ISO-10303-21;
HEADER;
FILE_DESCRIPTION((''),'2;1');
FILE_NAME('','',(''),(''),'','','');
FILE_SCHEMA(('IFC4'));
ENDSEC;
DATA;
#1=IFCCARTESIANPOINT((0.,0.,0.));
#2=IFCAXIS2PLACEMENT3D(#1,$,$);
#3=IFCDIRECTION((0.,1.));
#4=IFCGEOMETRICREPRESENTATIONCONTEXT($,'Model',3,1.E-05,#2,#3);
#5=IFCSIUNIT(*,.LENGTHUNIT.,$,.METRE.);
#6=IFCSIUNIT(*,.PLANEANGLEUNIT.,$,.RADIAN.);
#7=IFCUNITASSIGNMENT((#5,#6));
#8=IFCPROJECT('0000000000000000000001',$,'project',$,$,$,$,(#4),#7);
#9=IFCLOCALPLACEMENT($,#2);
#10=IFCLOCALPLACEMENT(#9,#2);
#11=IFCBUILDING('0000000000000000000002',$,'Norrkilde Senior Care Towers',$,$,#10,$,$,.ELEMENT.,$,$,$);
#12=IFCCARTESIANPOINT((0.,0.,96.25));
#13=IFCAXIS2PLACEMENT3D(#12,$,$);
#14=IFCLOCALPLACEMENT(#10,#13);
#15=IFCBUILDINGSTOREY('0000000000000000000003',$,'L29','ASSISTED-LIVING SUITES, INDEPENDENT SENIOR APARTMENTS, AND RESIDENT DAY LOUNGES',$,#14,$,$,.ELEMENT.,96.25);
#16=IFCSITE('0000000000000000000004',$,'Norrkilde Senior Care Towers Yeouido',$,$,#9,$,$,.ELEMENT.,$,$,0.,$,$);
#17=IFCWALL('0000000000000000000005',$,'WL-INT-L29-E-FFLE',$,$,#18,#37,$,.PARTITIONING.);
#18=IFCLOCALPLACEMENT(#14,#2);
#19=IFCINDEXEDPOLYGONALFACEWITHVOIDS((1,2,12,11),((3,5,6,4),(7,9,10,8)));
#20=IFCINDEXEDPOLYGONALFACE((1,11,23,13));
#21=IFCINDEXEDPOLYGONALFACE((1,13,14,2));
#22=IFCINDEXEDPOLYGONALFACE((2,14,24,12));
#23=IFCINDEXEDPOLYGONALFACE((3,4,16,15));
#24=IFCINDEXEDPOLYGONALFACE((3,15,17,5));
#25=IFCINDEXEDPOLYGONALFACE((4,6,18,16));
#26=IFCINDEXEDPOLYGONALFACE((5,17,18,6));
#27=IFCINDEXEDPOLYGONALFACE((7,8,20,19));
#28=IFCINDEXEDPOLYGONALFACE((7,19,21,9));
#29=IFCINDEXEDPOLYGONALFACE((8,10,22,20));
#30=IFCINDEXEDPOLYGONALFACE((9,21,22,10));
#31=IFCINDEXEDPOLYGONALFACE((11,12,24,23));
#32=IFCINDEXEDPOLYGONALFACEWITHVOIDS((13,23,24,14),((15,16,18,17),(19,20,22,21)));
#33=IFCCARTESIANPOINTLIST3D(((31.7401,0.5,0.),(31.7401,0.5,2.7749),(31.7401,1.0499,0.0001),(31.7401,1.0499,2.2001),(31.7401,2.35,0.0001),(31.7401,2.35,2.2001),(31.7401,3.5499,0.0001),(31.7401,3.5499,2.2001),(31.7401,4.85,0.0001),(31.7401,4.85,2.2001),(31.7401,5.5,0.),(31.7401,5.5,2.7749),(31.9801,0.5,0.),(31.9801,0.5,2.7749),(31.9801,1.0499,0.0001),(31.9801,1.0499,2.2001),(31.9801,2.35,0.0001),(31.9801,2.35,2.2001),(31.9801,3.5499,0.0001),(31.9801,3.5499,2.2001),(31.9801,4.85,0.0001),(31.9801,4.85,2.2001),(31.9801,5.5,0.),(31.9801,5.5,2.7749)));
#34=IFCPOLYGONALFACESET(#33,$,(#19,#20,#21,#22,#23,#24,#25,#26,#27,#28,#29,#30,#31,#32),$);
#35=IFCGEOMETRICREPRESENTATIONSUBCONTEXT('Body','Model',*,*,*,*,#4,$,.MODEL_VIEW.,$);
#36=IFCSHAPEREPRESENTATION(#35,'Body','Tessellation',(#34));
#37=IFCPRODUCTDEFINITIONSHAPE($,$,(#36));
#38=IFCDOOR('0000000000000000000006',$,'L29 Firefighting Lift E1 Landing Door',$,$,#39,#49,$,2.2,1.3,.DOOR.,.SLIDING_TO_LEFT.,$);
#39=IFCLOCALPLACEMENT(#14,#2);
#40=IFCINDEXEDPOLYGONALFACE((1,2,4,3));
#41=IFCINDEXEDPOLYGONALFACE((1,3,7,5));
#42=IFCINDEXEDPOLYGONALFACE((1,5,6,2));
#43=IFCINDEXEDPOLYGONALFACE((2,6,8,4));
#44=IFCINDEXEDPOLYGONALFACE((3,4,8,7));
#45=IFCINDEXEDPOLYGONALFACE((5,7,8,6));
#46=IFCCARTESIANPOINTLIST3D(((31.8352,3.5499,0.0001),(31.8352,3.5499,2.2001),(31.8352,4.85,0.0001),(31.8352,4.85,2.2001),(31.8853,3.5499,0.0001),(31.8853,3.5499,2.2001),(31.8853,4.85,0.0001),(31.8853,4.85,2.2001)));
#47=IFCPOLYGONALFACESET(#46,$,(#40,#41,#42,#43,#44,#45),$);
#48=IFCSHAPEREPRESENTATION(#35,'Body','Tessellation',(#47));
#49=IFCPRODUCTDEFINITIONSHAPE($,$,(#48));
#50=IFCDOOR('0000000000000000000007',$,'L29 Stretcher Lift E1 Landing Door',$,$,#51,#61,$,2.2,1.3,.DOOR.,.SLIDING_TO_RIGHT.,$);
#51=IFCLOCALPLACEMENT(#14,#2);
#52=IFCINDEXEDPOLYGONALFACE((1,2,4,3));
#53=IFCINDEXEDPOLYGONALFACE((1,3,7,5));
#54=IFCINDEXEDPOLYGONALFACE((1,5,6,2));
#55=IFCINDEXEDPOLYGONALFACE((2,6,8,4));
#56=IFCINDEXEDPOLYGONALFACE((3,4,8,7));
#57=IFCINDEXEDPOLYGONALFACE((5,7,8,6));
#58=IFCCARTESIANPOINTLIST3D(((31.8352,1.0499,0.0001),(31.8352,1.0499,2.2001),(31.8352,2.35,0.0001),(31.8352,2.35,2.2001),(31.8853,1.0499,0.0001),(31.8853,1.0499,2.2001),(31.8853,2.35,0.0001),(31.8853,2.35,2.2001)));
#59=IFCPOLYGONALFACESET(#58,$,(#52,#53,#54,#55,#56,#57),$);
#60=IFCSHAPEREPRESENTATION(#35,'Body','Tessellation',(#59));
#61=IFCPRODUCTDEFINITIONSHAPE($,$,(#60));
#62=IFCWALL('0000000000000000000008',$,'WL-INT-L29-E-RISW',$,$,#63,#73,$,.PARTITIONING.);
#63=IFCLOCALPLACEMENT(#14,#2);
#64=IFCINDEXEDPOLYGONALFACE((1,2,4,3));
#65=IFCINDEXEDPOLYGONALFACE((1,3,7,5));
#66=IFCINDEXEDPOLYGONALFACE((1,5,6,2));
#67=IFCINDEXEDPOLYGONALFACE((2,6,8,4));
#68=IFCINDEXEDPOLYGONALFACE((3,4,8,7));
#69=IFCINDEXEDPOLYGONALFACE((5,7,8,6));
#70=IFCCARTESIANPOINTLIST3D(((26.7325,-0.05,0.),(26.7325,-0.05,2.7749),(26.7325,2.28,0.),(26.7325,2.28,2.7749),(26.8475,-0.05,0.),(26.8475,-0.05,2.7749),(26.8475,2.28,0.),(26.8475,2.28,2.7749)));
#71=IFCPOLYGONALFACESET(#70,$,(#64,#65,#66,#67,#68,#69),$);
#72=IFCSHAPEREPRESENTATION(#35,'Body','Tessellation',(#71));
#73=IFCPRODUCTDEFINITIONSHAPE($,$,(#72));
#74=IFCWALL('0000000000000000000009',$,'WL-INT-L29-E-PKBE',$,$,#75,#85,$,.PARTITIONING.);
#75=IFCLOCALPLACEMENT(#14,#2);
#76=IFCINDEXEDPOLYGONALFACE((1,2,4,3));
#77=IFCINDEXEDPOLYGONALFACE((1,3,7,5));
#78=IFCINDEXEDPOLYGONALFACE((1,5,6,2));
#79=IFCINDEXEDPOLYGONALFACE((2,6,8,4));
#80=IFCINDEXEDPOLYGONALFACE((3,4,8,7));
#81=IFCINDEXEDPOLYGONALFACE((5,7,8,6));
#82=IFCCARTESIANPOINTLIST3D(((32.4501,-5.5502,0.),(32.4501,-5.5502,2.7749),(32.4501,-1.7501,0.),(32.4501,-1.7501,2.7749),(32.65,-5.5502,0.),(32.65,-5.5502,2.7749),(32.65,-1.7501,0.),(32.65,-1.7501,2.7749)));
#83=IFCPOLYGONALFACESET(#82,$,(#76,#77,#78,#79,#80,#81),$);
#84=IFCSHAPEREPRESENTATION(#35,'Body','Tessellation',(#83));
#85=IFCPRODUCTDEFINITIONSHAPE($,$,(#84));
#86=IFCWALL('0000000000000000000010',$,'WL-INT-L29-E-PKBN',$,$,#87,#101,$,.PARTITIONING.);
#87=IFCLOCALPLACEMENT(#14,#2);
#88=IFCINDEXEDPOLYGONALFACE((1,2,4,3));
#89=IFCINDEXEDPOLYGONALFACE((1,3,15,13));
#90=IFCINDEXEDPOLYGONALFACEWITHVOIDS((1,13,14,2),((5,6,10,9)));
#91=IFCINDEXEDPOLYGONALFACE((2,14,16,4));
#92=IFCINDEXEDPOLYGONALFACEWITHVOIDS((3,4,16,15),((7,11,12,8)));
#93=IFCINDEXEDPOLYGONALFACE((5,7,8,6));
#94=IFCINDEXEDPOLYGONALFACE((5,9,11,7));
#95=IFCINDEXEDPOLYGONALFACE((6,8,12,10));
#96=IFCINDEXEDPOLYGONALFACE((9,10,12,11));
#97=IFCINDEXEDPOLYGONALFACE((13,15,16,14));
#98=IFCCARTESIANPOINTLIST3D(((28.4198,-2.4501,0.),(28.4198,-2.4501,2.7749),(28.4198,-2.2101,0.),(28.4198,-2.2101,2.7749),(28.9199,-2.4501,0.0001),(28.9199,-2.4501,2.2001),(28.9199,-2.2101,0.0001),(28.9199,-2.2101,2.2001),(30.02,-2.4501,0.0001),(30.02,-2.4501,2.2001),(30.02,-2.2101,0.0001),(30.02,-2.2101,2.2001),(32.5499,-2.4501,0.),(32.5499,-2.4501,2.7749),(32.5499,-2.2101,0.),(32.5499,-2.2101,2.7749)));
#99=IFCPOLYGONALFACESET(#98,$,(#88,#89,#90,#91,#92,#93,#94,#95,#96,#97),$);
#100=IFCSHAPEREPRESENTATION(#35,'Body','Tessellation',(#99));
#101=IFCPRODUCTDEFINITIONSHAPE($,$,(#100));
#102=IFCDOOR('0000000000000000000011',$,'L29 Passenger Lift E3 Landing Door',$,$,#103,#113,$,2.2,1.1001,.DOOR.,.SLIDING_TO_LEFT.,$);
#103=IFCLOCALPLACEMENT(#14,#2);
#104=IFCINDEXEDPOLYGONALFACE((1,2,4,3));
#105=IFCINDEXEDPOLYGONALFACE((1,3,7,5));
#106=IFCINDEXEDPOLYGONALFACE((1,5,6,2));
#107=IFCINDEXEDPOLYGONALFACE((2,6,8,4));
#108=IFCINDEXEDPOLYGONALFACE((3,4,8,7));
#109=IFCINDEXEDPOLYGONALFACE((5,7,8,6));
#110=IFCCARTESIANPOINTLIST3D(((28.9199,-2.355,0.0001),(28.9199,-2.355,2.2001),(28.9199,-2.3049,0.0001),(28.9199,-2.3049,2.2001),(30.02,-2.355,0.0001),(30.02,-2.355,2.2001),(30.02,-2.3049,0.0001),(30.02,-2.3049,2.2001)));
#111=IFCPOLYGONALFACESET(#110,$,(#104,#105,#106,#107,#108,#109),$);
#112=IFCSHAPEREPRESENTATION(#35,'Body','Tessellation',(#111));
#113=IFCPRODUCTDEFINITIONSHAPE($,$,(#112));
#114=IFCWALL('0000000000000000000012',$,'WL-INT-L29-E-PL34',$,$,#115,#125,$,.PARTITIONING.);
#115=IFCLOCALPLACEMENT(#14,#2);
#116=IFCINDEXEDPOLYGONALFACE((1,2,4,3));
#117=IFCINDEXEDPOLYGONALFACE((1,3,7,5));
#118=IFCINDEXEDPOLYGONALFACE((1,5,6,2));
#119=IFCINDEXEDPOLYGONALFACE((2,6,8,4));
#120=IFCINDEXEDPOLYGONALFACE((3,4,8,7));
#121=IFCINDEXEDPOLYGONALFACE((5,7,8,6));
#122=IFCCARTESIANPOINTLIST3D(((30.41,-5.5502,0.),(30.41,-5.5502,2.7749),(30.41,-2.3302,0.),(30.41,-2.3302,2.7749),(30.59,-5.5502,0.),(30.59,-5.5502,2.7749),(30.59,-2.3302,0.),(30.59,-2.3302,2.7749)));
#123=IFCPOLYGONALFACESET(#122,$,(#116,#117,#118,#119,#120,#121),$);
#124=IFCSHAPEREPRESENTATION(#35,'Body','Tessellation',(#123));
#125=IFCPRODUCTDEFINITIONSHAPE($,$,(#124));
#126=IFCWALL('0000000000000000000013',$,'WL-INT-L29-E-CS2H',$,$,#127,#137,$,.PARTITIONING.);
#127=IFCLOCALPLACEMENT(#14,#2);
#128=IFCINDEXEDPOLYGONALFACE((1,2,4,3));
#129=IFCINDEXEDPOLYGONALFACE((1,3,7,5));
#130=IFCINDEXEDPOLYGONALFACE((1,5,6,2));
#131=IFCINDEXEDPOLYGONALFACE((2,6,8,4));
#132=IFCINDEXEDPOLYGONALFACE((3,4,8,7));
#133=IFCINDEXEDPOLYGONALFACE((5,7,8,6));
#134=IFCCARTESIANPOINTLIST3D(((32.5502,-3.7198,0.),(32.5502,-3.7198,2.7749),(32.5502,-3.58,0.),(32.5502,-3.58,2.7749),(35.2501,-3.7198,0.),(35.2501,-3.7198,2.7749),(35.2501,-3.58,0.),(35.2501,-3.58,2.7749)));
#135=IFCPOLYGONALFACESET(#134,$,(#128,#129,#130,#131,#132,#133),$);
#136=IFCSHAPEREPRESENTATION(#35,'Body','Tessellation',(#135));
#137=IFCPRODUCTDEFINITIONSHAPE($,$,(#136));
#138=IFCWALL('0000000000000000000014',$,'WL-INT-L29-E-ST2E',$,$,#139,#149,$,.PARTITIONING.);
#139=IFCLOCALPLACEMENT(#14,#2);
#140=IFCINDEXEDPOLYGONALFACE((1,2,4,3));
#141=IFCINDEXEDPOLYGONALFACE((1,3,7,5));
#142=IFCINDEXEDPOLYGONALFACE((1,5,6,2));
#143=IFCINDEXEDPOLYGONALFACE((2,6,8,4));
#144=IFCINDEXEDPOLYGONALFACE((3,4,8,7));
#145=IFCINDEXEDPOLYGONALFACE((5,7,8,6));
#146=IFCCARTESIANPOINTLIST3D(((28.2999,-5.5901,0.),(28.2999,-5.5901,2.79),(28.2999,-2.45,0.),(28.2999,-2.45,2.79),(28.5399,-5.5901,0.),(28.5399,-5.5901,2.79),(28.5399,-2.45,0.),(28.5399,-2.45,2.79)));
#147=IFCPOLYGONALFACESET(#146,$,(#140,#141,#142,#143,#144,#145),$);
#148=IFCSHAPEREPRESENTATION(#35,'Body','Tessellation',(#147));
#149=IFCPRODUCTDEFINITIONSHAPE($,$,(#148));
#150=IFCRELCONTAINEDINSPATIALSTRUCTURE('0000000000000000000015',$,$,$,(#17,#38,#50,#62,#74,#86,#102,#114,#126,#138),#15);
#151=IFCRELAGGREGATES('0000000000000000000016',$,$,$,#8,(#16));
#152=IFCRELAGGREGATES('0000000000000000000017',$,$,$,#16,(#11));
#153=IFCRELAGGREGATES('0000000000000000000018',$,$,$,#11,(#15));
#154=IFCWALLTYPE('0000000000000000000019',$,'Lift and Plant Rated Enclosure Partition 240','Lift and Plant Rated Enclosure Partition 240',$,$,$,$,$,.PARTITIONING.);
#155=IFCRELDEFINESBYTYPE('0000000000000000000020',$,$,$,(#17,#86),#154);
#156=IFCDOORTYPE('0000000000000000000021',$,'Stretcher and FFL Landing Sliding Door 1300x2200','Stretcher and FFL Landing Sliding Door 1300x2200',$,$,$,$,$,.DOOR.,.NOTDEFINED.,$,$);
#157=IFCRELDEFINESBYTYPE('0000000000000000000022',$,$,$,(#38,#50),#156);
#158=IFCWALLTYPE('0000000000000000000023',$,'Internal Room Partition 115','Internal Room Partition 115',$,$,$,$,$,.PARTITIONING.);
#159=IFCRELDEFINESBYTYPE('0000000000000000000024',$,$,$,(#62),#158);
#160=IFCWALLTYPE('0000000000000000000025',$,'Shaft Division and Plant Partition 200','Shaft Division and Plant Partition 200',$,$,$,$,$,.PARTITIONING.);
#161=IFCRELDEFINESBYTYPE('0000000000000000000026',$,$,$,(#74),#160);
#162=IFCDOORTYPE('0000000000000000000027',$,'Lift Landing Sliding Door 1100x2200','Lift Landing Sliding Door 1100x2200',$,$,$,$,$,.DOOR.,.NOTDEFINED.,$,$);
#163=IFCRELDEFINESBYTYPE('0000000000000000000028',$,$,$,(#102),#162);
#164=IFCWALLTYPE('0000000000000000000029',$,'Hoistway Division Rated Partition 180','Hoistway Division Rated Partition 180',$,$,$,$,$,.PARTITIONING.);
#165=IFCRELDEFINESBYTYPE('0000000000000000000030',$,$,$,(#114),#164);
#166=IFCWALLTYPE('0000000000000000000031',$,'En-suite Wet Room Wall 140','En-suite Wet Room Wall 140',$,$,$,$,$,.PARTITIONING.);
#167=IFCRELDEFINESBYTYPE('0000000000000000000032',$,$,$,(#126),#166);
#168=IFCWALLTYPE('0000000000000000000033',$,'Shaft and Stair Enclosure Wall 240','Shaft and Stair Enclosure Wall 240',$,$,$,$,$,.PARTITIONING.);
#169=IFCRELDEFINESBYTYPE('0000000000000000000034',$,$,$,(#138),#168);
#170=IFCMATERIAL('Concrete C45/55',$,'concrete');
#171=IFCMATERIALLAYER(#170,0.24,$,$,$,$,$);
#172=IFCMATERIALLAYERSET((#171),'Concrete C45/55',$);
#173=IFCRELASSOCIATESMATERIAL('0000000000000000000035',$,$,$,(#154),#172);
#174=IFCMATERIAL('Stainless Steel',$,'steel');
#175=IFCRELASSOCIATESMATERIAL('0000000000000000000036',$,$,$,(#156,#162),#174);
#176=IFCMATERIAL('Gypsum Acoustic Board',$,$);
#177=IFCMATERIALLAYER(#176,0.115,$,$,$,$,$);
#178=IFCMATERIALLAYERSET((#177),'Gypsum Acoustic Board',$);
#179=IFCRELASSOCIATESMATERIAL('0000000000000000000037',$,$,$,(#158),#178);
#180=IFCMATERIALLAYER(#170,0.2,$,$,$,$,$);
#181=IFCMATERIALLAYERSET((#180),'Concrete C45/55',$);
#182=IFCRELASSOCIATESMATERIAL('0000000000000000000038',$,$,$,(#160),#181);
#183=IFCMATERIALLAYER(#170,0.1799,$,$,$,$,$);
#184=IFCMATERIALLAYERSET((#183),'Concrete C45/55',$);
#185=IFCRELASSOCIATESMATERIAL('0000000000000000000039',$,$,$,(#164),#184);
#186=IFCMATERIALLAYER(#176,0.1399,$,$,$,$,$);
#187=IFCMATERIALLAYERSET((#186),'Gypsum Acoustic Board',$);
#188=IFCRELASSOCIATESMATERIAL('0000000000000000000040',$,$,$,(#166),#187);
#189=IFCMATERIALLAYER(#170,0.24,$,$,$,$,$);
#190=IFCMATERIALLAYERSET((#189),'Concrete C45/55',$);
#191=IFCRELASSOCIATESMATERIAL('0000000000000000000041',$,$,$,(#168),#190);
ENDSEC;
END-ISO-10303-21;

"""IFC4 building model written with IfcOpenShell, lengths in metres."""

from ifc_helpers import new_model, si_unit, direction, frame, frame_2d, origin, place, context, subcontext, project, spatial, rectangle, extrude, source, transform, mapped, material, layer, layer_set, type_object, type_shapes, element, fill, save


model = new_model("IFC4")

# Units and contexts
model_context = context("Model", 3, precision=1e-05, world=origin(), true_north=direction((0.0, 1.0)))
body_context = subcontext(model_context, "Body", "Model", "MODEL_VIEW")
ifc_project = project(units=[si_unit("LENGTHUNIT", "METRE"), si_unit("PLANEANGLEUNIT", "RADIAN")], contexts=[model_context])

# Site, building, storey
site_placement = place(None, origin())
site = spatial("IfcSite", under=ifc_project, at=site_placement, Name="Norrkilde Senior Care Towers Yeouido", CompositionType="ELEMENT", RefElevation=0.0)
building_placement = place(site_placement, origin())
building = spatial("IfcBuilding", under=site, at=building_placement, Name="Norrkilde Senior Care Towers", CompositionType="ELEMENT")
storey_placement = place(building_placement, frame((0.0, 0.0, 96.25)))
storey = spatial("IfcBuildingStorey", under=building, at=storey_placement, Name="L29", Description="ASSISTED-LIVING SUITES, INDEPENDENT SENIOR APARTMENTS, AND RESIDENT DAY LOUNGES", CompositionType="ELEMENT", Elevation=96.25)

# Wall, openings, doors
ifc_material_1 = material(Name="Concrete C45/55", Category="concrete")
ifc_layer_1 = layer(ifc_material_1, 0.24)
ifc_layer_set_1 = layer_set([ifc_layer_1], Name="Concrete C45/55")
wall_type_1 = type_object("IfcWallType", Name="Lift and Plant Rated Enclosure Partition 240", Description="Lift and Plant Rated Enclosure Partition 240", PredefinedType="PARTITIONING", material=ifc_layer_set_1)
shared_shape_1 = source(origin(), body_context, "Body", "SweptSolid", [
    extrude(rectangle(XDim=5.0, YDim=0.24, at=frame_2d((2.5, 0.0))), origin(), (0.0, 0.0, 1.0), 2.7749),
])
wall_1_placement = place(storey_placement, frame((31.8601, 0.5, 0.0), z_axis=(0.0, 0.0, 1.0), x_axis=(0.0, 1.0, 0.0)))
wall_1 = element("IfcWall", 1, at=wall_1_placement, inside=storey, type_object=wall_type_1, Name="WL-INT-L29-E-FFLE", PredefinedType="PARTITIONING", context=body_context, shape_type="MappedRepresentation", body=[
    mapped(shared_shape_1, transform((0.0, 0.0, 0.0), x_axis=(1.0, 0.0, 0.0), y_axis=(0.0, 1.0, 0.0), z_axis=(0.0, 0.0, 1.0), scale=1.0)),
])
opening_1_placement = place(wall_1_placement, frame((3.05, 0.0, 0.0)))
opening_1 = element("IfcOpeningElement", 2, at=opening_1_placement, cuts=wall_1, PredefinedType="OPENING", context=body_context, shape_type="SweptSolid", body=[
    extrude(rectangle(XDim=1.3, YDim=2.2, at=frame_2d((0.6499, 1.1001))), frame((0.0, 0.1299, 0.0), z_axis=(0.0, -1.0, 0.0), x_axis=(1.0, 0.0, 0.0)), (0.0, 0.0, 1.0), 0.26),
])
opening_2_placement = place(wall_1_placement, frame((0.55, 0.0, 0.0)))
opening_2 = element("IfcOpeningElement", 3, at=opening_2_placement, cuts=wall_1, PredefinedType="OPENING", context=body_context, shape_type="SweptSolid", body=[
    extrude(rectangle(XDim=1.3, YDim=2.2, at=frame_2d((0.6499, 1.1001))), frame((0.0, 0.1299, 0.0), z_axis=(0.0, -1.0, 0.0), x_axis=(1.0, 0.0, 0.0)), (0.0, 0.0, 1.0), 0.26),
])
ifc_material_2 = material(Name="Stainless Steel", Category="steel")
door_type_1 = type_object("IfcDoorType", Name="Stretcher and FFL Landing Sliding Door 1300x2200", Description="Stretcher and FFL Landing Sliding Door 1300x2200", OperationType="NOTDEFINED", PredefinedType="DOOR", material=ifc_material_2)
shared_shape_2 = source(origin(), body_context, "Body", "SweptSolid", [
    extrude(rectangle(XDim=1.3, YDim=2.2, at=frame_2d((0.6499, 1.1001))), frame((0.0, 0.0249, 0.0), z_axis=(0.0, -1.0, 0.0), x_axis=(1.0, 0.0, 0.0)), (0.0, 0.0, 1.0), 0.05),
])
type_shapes(door_type_1, [shared_shape_2])
door_1_placement = place(opening_1_placement, origin())
door_1 = element("IfcDoor", 4, at=door_1_placement, inside=storey, type_object=door_type_1, Name="L29 Firefighting Lift E1 Landing Door", OperationType="SLIDING_TO_LEFT", OverallHeight=2.2, OverallWidth=1.3, PredefinedType="DOOR", context=body_context, shape_type="MappedRepresentation", body=[
    mapped(shared_shape_2, transform((0.0, 0.0, 0.0), x_axis=(1.0, 0.0, 0.0), y_axis=(0.0, 1.0, 0.0), z_axis=(0.0, 0.0, 1.0), scale=1.0)),
])
fill(opening_1, door_1)
door_2_placement = place(opening_2_placement, origin())
door_2 = element("IfcDoor", 5, at=door_2_placement, inside=storey, type_object=door_type_1, Name="L29 Stretcher Lift E1 Landing Door", OperationType="SLIDING_TO_RIGHT", OverallHeight=2.2, OverallWidth=1.3, PredefinedType="DOOR", context=body_context, shape_type="MappedRepresentation", body=[
    mapped(shared_shape_2, transform((0.0, 0.0, 0.0), x_axis=(1.0, 0.0, 0.0), y_axis=(0.0, 1.0, 0.0), z_axis=(0.0, 0.0, 1.0), scale=1.0)),
])
fill(opening_2, door_2)

# Walls
ifc_material_3 = material(Name="Gypsum Acoustic Board")
ifc_layer_2 = layer(ifc_material_3, 0.115)
ifc_layer_set_2 = layer_set([ifc_layer_2], Name="Gypsum Acoustic Board")
wall_type_2 = type_object("IfcWallType", Name="Internal Room Partition 115", Description="Internal Room Partition 115", PredefinedType="PARTITIONING", material=ifc_layer_set_2)
shared_shape_3 = source(origin(), body_context, "Body", "SweptSolid", [
    extrude(rectangle(XDim=2.3301, YDim=0.115, at=frame_2d((1.165, 0.0))), origin(), (0.0, 0.0, 1.0), 2.7749),
])
type_shapes(wall_type_2, [shared_shape_3])
wall_2_placement = place(storey_placement, frame((26.79, -0.05, 0.0), z_axis=(0.0, 0.0, 1.0), x_axis=(0.0, 1.0, 0.0)))
element("IfcWall", 6, at=wall_2_placement, inside=storey, type_object=wall_type_2, Name="WL-INT-L29-E-RISW", PredefinedType="PARTITIONING", context=body_context, shape_type="MappedRepresentation", body=[
    mapped(shared_shape_3, transform((0.0, 0.0, 0.0), x_axis=(1.0, 0.0, 0.0), y_axis=(0.0, 1.0, 0.0), z_axis=(0.0, 0.0, 1.0), scale=1.0)),
])
ifc_layer_3 = layer(ifc_material_1, 0.2)
ifc_layer_set_3 = layer_set([ifc_layer_3], Name="Concrete C45/55")
wall_type_3 = type_object("IfcWallType", Name="Shaft Division and Plant Partition 200", Description="Shaft Division and Plant Partition 200", PredefinedType="PARTITIONING", material=ifc_layer_set_3)
shared_shape_4 = source(origin(), body_context, "Body", "SweptSolid", [
    extrude(rectangle(XDim=3.8, YDim=0.2, at=frame_2d((1.8999, 0.0))), origin(), (0.0, 0.0, 1.0), 2.7749),
])
type_shapes(wall_type_3, [shared_shape_4])
wall_3_placement = place(storey_placement, frame((32.55, -5.55, 0.0), z_axis=(0.0, 0.0, 1.0), x_axis=(0.0, 1.0, 0.0)))
element("IfcWall", 7, at=wall_3_placement, inside=storey, type_object=wall_type_3, Name="WL-INT-L29-E-PKBE", PredefinedType="PARTITIONING", context=body_context, shape_type="MappedRepresentation", body=[
    mapped(shared_shape_4, transform((0.0, 0.0, 0.0), x_axis=(1.0, 0.0, 0.0), y_axis=(0.0, 1.0, 0.0), z_axis=(0.0, 0.0, 1.0), scale=1.0)),
])

# Wall, opening, door
shared_shape_5 = source(origin(), body_context, "Body", "SweptSolid", [
    extrude(rectangle(XDim=4.1301, YDim=0.24, at=frame_2d((2.0649, 0.0))), origin(), (0.0, 0.0, 1.0), 2.7749),
])
type_shapes(wall_type_1, [shared_shape_1, shared_shape_5])
wall_4_placement = place(storey_placement, frame((28.4199, -2.3301, 0.0), z_axis=(0.0, 0.0, 1.0), x_axis=(1.0, 0.0, 0.0)))
wall_4 = element("IfcWall", 8, at=wall_4_placement, inside=storey, type_object=wall_type_1, Name="WL-INT-L29-E-PKBN", PredefinedType="PARTITIONING", context=body_context, shape_type="MappedRepresentation", body=[
    mapped(shared_shape_5, transform((0.0, 0.0, 0.0), x_axis=(1.0, 0.0, 0.0), y_axis=(0.0, 1.0, 0.0), z_axis=(0.0, 0.0, 1.0), scale=1.0)),
])
opening_3_placement = place(wall_4_placement, frame((0.5, 0.0, 0.0)))
opening_3 = element("IfcOpeningElement", 9, at=opening_3_placement, cuts=wall_4, PredefinedType="OPENING", context=body_context, shape_type="SweptSolid", body=[
    extrude(rectangle(XDim=1.1001, YDim=2.2, at=frame_2d((0.55, 1.1001))), frame((0.0, 0.1299, 0.0), z_axis=(0.0, -1.0, 0.0), x_axis=(1.0, 0.0, 0.0)), (0.0, 0.0, 1.0), 0.26),
])
door_type_2 = type_object("IfcDoorType", Name="Lift Landing Sliding Door 1100x2200", Description="Lift Landing Sliding Door 1100x2200", OperationType="NOTDEFINED", PredefinedType="DOOR", material=ifc_material_2)
shared_shape_6 = source(origin(), body_context, "Body", "SweptSolid", [
    extrude(rectangle(XDim=1.1001, YDim=2.2, at=frame_2d((0.55, 1.1001))), frame((0.0, 0.0249, 0.0), z_axis=(0.0, -1.0, 0.0), x_axis=(1.0, 0.0, 0.0)), (0.0, 0.0, 1.0), 0.05),
])
type_shapes(door_type_2, [shared_shape_6])
door_3_placement = place(opening_3_placement, frame((1.1001, 0.0, 0.0), z_axis=(0.0, 0.0, 1.0), x_axis=(-1.0, 0.0, 0.0)))
door_3 = element("IfcDoor", 10, at=door_3_placement, inside=storey, type_object=door_type_2, Name="L29 Passenger Lift E3 Landing Door", OperationType="SLIDING_TO_LEFT", OverallHeight=2.2, OverallWidth=1.1001, PredefinedType="DOOR", context=body_context, shape_type="MappedRepresentation", body=[
    mapped(shared_shape_6, transform((0.0, 0.0, 0.0), x_axis=(1.0, 0.0, 0.0), y_axis=(0.0, 1.0, 0.0), z_axis=(0.0, 0.0, 1.0), scale=1.0)),
])
fill(opening_3, door_3)

# Walls
ifc_layer_4 = layer(ifc_material_1, 0.1799)
ifc_layer_set_4 = layer_set([ifc_layer_4], Name="Concrete C45/55")
wall_type_4 = type_object("IfcWallType", Name="Hoistway Division Rated Partition 180", Description="Hoistway Division Rated Partition 180", PredefinedType="PARTITIONING", material=ifc_layer_set_4)
shared_shape_7 = source(origin(), body_context, "Body", "SweptSolid", [
    extrude(rectangle(XDim=3.22, YDim=0.1799, at=frame_2d((1.6099, 0.0))), origin(), (0.0, 0.0, 1.0), 2.7749),
])
type_shapes(wall_type_4, [shared_shape_7])
wall_5_placement = place(storey_placement, frame((30.5, -5.55, 0.0), z_axis=(0.0, 0.0, 1.0), x_axis=(0.0, 1.0, 0.0)))
element("IfcWall", 11, at=wall_5_placement, inside=storey, type_object=wall_type_4, Name="WL-INT-L29-E-PL34", PredefinedType="PARTITIONING", context=body_context, shape_type="MappedRepresentation", body=[
    mapped(shared_shape_7, transform((0.0, 0.0, 0.0), x_axis=(1.0, 0.0, 0.0), y_axis=(0.0, 1.0, 0.0), z_axis=(0.0, 0.0, 1.0), scale=1.0)),
])
ifc_layer_5 = layer(ifc_material_3, 0.1399)
ifc_layer_set_5 = layer_set([ifc_layer_5], Name="Gypsum Acoustic Board")
wall_type_5 = type_object("IfcWallType", Name="En-suite Wet Room Wall 140", Description="En-suite Wet Room Wall 140", PredefinedType="PARTITIONING", material=ifc_layer_set_5)
shared_shape_8 = source(origin(), body_context, "Body", "SweptSolid", [
    extrude(rectangle(XDim=2.7, YDim=0.1399, at=frame_2d((1.3501, 0.0))), origin(), (0.0, 0.0, 1.0), 2.7749),
])
type_shapes(wall_type_5, [shared_shape_8])
wall_6_placement = place(storey_placement, frame((32.55, -3.6499, 0.0), z_axis=(0.0, 0.0, 1.0), x_axis=(1.0, 0.0, 0.0)))
element("IfcWall", 12, at=wall_6_placement, inside=storey, type_object=wall_type_5, Name="WL-INT-L29-E-CS2H", PredefinedType="PARTITIONING", context=body_context, shape_type="MappedRepresentation", body=[
    mapped(shared_shape_8, transform((0.0, 0.0, 0.0), x_axis=(1.0, 0.0, 0.0), y_axis=(0.0, 1.0, 0.0), z_axis=(0.0, 0.0, 1.0), scale=1.0)),
])
ifc_layer_6 = layer(ifc_material_1, 0.24)
ifc_layer_set_6 = layer_set([ifc_layer_6], Name="Concrete C45/55")
wall_type_6 = type_object("IfcWallType", Name="Shaft and Stair Enclosure Wall 240", Description="Shaft and Stair Enclosure Wall 240", PredefinedType="PARTITIONING", material=ifc_layer_set_6)
shared_shape_9 = source(origin(), body_context, "Body", "SweptSolid", [
    extrude(rectangle(XDim=3.1401, YDim=0.24, at=frame_2d((1.5701, 0.0))), origin(), (0.0, 0.0, 1.0), 2.79),
])
type_shapes(wall_type_6, [shared_shape_9])
wall_7_placement = place(storey_placement, frame((28.4199, -5.5901, 0.0), z_axis=(0.0, 0.0, 1.0), x_axis=(0.0, 1.0, 0.0)))
element("IfcWall", 13, at=wall_7_placement, inside=storey, type_object=wall_type_6, Name="WL-INT-L29-E-ST2E", PredefinedType="PARTITIONING", context=body_context, shape_type="MappedRepresentation", body=[
    mapped(shared_shape_9, transform((0.0, 0.0, 0.0), x_axis=(1.0, 0.0, 0.0), y_axis=(0.0, 1.0, 0.0), z_axis=(0.0, 0.0, 1.0), scale=1.0)),
])

save(model, "model.ifc")
